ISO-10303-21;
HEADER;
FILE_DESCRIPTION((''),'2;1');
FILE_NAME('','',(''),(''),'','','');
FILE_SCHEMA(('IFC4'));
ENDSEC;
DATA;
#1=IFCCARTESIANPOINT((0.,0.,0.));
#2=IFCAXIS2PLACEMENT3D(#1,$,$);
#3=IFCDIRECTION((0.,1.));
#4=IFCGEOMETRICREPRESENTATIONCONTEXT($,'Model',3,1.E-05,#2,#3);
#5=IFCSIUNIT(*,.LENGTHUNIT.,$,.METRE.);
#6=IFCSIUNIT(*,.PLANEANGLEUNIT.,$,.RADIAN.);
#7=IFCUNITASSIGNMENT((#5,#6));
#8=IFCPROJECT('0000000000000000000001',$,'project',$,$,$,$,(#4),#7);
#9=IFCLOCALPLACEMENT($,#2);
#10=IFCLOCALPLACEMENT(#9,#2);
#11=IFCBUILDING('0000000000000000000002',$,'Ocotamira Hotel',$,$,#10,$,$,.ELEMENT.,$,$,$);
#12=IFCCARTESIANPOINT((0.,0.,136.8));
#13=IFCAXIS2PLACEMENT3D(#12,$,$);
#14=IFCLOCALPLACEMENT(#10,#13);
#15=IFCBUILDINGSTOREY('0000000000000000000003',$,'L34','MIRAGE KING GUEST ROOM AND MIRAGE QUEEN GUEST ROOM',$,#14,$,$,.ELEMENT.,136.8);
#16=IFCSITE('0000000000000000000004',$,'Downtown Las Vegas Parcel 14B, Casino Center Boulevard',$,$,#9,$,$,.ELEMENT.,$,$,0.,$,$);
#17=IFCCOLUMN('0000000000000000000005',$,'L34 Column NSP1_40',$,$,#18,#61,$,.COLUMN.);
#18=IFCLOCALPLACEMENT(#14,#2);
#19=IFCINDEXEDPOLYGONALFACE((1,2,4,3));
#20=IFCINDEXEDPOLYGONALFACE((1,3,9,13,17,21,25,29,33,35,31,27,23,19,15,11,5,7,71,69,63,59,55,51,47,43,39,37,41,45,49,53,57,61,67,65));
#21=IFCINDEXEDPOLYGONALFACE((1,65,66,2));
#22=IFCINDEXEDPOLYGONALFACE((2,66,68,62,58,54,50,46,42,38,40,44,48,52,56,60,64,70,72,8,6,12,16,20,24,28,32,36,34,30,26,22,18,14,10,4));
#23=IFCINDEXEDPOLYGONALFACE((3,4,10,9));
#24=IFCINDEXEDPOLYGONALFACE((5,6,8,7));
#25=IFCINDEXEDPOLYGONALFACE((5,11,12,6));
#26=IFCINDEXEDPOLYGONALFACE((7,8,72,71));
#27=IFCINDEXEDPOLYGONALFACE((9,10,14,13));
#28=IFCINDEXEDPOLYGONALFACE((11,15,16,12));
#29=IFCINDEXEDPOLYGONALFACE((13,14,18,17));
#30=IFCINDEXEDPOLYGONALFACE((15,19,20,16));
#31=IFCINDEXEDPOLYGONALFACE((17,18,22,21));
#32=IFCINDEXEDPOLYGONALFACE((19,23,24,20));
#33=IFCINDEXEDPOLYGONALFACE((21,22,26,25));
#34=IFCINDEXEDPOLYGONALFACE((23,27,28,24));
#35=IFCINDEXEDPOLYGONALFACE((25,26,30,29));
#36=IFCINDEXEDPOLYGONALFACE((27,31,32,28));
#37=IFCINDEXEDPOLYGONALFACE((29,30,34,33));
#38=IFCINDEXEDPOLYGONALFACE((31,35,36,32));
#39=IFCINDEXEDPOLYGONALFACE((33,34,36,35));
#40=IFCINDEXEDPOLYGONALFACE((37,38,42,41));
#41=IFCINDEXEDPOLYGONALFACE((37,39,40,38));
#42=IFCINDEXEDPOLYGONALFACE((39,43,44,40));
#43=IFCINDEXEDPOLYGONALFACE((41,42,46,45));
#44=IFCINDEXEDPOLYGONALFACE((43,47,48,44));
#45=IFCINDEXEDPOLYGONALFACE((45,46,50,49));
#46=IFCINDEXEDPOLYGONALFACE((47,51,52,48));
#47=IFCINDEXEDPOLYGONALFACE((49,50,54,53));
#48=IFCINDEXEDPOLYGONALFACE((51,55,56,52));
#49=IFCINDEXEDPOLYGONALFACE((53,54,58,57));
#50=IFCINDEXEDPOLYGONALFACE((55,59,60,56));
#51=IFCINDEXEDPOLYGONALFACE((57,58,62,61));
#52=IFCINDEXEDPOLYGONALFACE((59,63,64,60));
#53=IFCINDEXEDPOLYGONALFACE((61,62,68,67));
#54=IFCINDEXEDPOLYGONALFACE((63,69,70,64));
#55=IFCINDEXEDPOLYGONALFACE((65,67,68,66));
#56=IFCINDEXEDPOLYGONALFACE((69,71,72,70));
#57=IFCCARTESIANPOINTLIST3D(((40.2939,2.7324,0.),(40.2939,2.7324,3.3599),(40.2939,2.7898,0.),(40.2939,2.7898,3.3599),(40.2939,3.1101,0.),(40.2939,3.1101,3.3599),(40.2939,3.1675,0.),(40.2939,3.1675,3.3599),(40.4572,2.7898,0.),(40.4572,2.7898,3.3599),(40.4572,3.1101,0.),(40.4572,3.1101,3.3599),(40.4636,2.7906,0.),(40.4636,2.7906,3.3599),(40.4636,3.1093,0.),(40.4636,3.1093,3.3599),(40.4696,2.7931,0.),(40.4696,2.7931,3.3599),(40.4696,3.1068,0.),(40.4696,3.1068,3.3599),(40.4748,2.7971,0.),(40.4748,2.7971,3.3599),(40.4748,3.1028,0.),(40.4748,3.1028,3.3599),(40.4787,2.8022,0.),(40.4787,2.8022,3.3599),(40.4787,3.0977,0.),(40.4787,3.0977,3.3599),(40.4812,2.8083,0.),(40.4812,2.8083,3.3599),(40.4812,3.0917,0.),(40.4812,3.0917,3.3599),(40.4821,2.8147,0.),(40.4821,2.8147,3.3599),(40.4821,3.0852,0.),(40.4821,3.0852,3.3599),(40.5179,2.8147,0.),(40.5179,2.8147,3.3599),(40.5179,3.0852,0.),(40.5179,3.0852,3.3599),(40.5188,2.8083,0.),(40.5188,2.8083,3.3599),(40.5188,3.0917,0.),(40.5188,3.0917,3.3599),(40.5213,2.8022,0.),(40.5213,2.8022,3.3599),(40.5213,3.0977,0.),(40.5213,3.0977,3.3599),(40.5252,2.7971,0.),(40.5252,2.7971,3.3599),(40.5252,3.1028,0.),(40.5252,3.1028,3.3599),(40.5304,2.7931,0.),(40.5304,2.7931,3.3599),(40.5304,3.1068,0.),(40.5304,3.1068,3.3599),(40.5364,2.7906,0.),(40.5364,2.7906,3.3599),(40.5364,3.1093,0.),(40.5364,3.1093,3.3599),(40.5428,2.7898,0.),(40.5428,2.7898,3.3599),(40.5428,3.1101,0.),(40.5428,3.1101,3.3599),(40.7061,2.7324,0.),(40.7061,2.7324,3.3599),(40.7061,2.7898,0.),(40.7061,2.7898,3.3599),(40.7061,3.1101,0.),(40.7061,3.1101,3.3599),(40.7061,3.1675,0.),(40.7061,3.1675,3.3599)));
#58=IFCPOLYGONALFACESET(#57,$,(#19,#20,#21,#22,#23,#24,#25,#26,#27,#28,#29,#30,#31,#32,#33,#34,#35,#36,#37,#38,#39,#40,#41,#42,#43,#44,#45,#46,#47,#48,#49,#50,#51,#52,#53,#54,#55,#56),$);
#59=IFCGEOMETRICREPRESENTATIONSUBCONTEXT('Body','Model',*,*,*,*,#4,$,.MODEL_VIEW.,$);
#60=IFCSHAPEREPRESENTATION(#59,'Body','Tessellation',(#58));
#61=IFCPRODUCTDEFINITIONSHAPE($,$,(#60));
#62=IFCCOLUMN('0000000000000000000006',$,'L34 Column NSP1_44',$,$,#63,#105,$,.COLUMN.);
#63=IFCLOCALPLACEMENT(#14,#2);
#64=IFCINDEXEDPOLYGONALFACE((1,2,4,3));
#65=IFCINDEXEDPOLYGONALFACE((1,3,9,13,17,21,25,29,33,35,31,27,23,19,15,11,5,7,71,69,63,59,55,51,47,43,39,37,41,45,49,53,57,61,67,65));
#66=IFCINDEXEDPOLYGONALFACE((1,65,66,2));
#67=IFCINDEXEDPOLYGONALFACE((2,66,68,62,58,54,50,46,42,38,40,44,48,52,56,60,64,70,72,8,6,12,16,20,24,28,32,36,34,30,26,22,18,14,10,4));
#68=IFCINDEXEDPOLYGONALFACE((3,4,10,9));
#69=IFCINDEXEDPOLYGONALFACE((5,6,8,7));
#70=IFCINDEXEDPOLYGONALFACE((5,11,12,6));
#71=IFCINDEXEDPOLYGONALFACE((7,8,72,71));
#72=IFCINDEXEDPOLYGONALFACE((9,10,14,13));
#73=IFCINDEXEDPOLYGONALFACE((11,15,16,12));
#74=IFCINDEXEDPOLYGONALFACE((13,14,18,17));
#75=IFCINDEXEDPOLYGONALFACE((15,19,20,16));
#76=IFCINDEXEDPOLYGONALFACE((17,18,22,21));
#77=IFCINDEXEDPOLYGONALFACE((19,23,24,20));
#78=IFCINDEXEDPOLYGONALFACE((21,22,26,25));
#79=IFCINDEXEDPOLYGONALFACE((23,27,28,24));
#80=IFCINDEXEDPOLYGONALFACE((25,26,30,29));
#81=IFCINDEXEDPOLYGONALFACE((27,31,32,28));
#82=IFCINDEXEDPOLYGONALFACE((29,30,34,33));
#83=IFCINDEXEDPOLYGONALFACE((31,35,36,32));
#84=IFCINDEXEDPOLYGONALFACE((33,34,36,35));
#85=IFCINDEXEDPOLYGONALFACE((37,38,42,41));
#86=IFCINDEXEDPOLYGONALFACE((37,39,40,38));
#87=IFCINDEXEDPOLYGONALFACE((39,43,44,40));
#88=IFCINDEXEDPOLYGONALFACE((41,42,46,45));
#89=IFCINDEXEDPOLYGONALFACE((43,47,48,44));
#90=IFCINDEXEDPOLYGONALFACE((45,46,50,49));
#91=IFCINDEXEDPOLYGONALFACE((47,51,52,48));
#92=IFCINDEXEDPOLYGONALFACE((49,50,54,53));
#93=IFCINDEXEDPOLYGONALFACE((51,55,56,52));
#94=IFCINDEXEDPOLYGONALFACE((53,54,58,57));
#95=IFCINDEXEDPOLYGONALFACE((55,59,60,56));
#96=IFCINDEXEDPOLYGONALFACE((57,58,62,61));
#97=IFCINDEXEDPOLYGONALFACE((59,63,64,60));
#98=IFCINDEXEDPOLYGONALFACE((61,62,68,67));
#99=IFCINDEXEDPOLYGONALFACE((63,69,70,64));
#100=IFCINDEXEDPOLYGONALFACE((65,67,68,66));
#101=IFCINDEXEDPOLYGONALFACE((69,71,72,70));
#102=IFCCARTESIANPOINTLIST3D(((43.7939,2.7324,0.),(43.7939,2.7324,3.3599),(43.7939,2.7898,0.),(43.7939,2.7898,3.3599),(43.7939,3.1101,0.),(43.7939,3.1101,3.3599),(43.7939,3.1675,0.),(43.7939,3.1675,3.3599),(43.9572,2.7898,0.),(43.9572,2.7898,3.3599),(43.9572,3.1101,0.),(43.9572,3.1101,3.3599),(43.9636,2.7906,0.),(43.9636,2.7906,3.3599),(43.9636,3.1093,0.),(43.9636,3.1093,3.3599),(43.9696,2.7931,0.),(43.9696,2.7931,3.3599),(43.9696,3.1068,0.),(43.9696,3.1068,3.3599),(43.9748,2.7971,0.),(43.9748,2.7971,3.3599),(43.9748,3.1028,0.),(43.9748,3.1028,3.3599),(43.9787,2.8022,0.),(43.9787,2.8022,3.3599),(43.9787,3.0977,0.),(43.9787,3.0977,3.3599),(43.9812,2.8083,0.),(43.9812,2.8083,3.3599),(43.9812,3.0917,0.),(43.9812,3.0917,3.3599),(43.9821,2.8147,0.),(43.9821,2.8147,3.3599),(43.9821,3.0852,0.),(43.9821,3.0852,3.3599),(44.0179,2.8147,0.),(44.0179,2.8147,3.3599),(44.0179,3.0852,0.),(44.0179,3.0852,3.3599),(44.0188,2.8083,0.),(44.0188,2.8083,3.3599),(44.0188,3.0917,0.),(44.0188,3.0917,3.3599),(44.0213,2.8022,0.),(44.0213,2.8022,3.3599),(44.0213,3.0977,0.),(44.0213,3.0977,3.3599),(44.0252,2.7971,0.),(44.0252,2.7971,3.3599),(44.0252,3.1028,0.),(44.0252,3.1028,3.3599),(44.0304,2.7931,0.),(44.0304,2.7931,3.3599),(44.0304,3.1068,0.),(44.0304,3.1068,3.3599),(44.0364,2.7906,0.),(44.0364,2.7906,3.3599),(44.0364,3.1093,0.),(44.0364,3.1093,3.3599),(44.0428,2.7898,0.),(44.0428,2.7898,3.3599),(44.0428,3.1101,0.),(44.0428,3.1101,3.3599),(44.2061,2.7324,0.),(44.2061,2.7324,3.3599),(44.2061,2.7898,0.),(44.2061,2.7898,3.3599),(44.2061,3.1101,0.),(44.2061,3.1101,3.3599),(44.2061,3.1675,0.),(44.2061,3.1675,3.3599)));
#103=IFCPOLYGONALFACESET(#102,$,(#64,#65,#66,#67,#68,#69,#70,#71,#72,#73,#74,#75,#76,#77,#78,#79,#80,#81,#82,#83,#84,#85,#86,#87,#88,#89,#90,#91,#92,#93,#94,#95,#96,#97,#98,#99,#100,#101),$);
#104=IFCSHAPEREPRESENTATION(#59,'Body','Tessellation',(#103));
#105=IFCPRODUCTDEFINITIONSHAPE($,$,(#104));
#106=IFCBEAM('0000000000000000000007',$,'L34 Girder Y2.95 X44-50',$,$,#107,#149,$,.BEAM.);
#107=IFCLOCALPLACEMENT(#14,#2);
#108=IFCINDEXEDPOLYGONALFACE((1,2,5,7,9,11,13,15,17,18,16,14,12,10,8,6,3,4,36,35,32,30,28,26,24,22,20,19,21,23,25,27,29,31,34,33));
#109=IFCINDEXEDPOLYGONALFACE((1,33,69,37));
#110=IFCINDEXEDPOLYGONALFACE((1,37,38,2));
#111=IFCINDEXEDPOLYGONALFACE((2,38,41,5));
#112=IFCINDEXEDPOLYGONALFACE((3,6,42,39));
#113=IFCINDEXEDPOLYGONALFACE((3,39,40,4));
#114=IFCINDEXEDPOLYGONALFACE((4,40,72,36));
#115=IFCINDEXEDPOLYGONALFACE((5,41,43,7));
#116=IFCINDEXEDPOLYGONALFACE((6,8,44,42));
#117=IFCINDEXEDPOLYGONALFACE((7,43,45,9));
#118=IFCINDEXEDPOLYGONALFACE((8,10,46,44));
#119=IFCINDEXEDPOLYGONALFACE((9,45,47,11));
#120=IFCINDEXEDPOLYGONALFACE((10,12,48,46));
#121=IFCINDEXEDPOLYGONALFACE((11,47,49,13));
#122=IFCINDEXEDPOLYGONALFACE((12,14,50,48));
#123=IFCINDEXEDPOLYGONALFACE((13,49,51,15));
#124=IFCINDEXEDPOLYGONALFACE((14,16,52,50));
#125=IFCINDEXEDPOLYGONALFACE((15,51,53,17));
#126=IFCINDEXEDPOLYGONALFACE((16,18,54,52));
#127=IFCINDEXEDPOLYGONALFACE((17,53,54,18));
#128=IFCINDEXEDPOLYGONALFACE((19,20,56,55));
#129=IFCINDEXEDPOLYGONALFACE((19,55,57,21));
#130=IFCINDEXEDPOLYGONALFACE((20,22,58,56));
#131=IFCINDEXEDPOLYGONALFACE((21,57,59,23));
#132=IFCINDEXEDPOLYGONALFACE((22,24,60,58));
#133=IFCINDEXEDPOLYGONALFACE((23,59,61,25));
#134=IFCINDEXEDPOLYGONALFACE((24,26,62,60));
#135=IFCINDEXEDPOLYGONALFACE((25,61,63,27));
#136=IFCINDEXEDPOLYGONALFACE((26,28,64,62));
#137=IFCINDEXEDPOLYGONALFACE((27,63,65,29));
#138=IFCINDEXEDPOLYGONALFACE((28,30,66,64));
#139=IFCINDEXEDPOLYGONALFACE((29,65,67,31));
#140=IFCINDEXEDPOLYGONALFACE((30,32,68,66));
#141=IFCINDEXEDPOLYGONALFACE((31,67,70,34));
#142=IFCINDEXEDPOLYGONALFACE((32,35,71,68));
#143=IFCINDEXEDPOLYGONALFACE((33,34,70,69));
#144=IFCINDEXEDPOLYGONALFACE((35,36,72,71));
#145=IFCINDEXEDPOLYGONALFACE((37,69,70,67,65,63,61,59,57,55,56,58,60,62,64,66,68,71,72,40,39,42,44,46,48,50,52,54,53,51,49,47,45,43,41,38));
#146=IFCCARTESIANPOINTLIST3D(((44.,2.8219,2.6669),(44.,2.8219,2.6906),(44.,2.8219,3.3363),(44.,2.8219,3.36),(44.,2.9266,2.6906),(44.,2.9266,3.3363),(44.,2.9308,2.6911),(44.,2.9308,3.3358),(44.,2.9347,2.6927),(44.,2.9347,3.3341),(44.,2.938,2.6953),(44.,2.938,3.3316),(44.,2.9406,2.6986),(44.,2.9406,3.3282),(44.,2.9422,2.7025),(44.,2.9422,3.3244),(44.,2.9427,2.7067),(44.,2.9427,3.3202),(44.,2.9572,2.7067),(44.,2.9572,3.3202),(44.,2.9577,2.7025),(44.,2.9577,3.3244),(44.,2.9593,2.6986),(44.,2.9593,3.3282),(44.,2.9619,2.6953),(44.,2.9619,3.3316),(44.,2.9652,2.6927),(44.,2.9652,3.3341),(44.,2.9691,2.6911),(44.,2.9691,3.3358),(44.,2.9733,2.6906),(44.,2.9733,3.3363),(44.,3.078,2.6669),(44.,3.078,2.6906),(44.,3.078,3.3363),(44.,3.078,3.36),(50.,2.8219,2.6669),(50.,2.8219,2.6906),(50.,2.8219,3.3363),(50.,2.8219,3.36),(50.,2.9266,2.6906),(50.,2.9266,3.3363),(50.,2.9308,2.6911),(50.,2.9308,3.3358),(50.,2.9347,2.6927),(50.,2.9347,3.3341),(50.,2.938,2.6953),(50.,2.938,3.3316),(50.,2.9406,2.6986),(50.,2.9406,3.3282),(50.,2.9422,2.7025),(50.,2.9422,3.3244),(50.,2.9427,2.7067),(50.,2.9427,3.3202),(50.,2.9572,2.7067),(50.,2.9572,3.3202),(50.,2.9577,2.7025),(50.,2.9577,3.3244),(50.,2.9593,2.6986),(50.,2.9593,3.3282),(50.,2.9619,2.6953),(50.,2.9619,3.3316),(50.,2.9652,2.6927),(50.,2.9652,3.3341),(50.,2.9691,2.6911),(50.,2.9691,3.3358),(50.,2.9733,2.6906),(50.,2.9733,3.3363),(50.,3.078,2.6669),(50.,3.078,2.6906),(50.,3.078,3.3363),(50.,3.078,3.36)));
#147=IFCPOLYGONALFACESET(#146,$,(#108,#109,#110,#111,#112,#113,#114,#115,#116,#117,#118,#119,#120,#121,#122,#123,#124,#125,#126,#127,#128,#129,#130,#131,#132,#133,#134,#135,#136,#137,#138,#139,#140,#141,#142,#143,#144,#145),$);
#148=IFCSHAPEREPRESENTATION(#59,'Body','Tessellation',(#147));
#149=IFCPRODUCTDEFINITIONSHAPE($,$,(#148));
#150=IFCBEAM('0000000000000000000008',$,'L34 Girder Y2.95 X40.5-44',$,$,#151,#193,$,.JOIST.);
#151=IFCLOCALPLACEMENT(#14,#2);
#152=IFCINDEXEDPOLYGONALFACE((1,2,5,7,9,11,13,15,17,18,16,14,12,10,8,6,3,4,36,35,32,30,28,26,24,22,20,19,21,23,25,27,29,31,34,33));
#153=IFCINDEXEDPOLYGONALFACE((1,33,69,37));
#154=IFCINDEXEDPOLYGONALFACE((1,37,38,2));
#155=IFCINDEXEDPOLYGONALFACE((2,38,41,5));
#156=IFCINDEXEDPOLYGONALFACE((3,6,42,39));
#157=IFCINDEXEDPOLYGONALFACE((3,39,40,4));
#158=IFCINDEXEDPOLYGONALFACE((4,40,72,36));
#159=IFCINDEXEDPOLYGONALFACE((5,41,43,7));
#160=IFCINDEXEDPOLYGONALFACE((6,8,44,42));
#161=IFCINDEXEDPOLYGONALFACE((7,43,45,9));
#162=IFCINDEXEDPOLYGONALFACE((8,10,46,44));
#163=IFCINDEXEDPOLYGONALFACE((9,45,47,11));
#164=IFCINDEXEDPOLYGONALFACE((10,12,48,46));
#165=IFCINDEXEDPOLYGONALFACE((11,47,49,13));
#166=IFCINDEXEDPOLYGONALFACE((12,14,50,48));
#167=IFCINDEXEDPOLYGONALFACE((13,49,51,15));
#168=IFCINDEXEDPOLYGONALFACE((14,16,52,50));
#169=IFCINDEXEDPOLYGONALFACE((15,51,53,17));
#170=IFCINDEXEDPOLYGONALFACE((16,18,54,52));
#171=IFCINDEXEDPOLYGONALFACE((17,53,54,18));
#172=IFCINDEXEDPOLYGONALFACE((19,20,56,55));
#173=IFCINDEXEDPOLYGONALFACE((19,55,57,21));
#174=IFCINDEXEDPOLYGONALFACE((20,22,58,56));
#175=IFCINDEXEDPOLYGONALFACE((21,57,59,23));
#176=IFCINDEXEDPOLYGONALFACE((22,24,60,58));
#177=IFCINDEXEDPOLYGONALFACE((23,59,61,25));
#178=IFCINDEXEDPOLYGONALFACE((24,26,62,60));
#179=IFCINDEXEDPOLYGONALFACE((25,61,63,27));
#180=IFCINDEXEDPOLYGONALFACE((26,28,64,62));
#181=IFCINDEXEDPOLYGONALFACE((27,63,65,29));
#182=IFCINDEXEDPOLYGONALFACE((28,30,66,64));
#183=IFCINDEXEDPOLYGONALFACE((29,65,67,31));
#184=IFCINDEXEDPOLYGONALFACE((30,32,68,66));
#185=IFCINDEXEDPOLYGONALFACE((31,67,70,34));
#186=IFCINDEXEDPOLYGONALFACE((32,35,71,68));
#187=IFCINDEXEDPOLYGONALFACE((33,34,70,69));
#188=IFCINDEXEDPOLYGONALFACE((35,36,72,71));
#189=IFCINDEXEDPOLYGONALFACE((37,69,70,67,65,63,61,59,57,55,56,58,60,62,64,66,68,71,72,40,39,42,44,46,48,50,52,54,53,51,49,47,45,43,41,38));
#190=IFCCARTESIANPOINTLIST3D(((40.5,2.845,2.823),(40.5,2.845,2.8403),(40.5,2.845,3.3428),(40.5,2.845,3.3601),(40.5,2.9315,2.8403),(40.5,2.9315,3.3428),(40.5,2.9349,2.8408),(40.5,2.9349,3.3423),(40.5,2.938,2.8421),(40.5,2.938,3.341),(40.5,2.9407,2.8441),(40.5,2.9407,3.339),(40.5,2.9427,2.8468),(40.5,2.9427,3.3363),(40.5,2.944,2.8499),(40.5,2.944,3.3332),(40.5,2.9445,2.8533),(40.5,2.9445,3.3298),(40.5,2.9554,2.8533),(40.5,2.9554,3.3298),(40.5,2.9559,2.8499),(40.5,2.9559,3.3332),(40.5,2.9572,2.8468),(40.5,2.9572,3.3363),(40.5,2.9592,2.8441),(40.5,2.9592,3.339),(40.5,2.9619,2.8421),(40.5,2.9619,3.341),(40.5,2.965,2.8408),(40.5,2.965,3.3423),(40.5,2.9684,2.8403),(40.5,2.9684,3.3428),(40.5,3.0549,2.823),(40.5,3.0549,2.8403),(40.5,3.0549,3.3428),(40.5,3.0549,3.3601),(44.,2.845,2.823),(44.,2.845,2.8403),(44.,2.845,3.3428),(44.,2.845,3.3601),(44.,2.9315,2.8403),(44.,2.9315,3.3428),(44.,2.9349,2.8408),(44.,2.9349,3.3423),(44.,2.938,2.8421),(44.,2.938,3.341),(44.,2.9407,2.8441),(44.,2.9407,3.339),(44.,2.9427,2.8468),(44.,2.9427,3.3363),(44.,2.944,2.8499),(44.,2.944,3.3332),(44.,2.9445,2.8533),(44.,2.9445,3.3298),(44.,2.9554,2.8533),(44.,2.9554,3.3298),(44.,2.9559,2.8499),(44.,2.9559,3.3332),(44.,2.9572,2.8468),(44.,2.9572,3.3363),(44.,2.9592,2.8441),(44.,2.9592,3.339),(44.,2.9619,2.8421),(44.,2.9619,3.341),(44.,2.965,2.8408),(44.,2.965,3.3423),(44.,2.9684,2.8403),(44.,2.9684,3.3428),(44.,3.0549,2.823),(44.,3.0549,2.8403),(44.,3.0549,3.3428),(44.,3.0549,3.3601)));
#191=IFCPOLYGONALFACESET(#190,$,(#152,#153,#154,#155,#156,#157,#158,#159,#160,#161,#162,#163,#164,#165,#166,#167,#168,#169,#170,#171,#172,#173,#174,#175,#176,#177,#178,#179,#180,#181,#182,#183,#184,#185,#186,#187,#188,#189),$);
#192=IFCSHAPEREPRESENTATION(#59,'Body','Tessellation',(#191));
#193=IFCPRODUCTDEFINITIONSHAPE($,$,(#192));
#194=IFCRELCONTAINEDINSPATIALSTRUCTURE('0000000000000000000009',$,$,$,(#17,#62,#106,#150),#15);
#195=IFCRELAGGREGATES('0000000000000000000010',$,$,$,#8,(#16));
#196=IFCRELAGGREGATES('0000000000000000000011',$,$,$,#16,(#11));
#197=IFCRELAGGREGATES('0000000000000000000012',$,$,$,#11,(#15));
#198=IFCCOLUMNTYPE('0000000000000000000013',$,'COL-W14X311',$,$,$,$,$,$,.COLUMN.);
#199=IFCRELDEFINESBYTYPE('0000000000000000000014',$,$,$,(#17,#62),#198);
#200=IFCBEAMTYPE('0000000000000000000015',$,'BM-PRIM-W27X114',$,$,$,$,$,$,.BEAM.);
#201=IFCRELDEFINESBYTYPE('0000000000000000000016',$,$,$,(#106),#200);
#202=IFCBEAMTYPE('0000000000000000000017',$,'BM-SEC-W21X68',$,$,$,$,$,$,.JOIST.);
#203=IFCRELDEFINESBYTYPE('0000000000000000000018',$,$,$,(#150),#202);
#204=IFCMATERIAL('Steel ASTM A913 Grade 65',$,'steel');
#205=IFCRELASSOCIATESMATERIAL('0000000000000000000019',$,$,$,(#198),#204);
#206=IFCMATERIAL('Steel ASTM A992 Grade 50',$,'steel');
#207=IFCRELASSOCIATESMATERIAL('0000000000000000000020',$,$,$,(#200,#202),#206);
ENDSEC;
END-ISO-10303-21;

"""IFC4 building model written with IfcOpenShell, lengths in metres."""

from ifc_helpers import new_model, si_unit, direction, frame, origin, origin_2d, place, context, subcontext, project, spatial, i_section, extrude, source, transform, mapped, material, material_profile, profile_set, type_object, element, save


model = new_model("IFC4")

# Units and contexts
model_context = context("Model", 3, precision=1e-05, world=origin(), true_north=direction((0.0, 1.0)))
body_context = subcontext(model_context, "Body", "Model", "MODEL_VIEW")
ifc_project = project(units=[si_unit("LENGTHUNIT", "METRE"), si_unit("PLANEANGLEUNIT", "RADIAN")], contexts=[model_context])

# Site, building, storey
site_placement = place(None, origin())
site = spatial("IfcSite", under=ifc_project, at=site_placement, Name="Downtown Las Vegas Parcel 14B, Casino Center Boulevard", CompositionType="ELEMENT", RefElevation=0.0)
building_placement = place(site_placement, origin())
building = spatial("IfcBuilding", under=site, at=building_placement, Name="Ocotamira Hotel", CompositionType="ELEMENT")
storey_placement = place(building_placement, frame((0.0, 0.0, 136.8)))
storey = spatial("IfcBuildingStorey", under=building, at=storey_placement, Name="L34", Description="MIRAGE KING GUEST ROOM AND MIRAGE QUEEN GUEST ROOM", CompositionType="ELEMENT", Elevation=136.8)

# Columns
ifc_material_1 = material(Name="Steel ASTM A913 Grade 65", Category="steel")
ifc_material_profile_1 = material_profile(ifc_material_1, i_section(OverallWidth=0.4121, OverallDepth=0.4351, WebThickness=0.0359, FlangeThickness=0.0574, FilletRadius=0.0249, at=origin_2d()), Name="W14X311")
ifc_profile_set_1 = profile_set([ifc_material_profile_1], Name="Steel ASTM A913 Grade 65")
column_type = type_object("IfcColumnType", Name="COL-W14X311", PredefinedType="COLUMN", material=ifc_profile_set_1)
shared_shape_1 = source(origin(), body_context, "Body", "SweptSolid", [
    extrude(i_section(OverallWidth=0.4121, OverallDepth=0.4351, WebThickness=0.0359, FlangeThickness=0.0574, FilletRadius=0.0249, at=origin_2d()), origin(), (0.0, 0.0, 1.0), 3.3599),
])
for number, where, z_axis, x_axis, name in (
    (1, (40.5, 2.95, 0.0), (0.0, 0.0, 1.0), (1.0, 0.0, 0.0), "L34 Column NSP1_40"),
    (2, (44.0, 2.95, 0.0), (0.0, 0.0, 1.0), (1.0, 0.0, 0.0), "L34 Column NSP1_44"),
):
    element("IfcColumn", number, at=place(storey_placement, frame(where, z_axis=z_axis, x_axis=x_axis)), inside=storey, type_object=column_type, Name=name, PredefinedType="COLUMN", context=body_context, shape_type="MappedRepresentation", body=[
        mapped(shared_shape_1, transform((0.0, 0.0, 0.0), scale=1.0)),
    ])

# Beams
ifc_material_2 = material(Name="Steel ASTM A992 Grade 50", Category="steel")
ifc_material_profile_2 = material_profile(ifc_material_2, i_section(OverallWidth=0.2561, OverallDepth=0.6931, WebThickness=0.0144, FlangeThickness=0.0237, FilletRadius=0.0161, at=origin_2d()), Name="W27X114")
ifc_profile_set_2 = profile_set([ifc_material_profile_2], Name="Steel ASTM A992 Grade 50")
beam_type_1 = type_object("IfcBeamType", Name="BM-PRIM-W27X114", PredefinedType="BEAM", material=ifc_profile_set_2)
shared_shape_2 = source(origin(), body_context, "Body", "SweptSolid", [
    extrude(i_section(OverallWidth=0.2561, OverallDepth=0.6931, WebThickness=0.0144, FlangeThickness=0.0237, FilletRadius=0.0161, at=origin_2d()), origin(), (0.0, 0.0, 1.0), 6.0),
])
beam_1_placement = place(storey_placement, frame((44.0, 2.95, 3.0134), z_axis=(1.0, 0.0, 0.0), x_axis=(0.0, 1.0, 0.0)))
element("IfcBeam", 3, at=beam_1_placement, inside=storey, type_object=beam_type_1, Name="L34 Girder Y2.95 X44-50", PredefinedType="BEAM", context=body_context, shape_type="MappedRepresentation", body=[
    mapped(shared_shape_2, transform((0.0, 0.0, 0.0), scale=1.0)),
])
ifc_material_profile_3 = material_profile(ifc_material_2, i_section(OverallWidth=0.21, OverallDepth=0.5371, WebThickness=0.011, FlangeThickness=0.0173, FilletRadius=0.0129, at=origin_2d()), Name="W21X68")
ifc_profile_set_3 = profile_set([ifc_material_profile_3], Name="Steel ASTM A992 Grade 50")
beam_type_2 = type_object("IfcBeamType", Name="BM-SEC-W21X68", PredefinedType="JOIST", material=ifc_profile_set_3)
shared_shape_3 = source(origin(), body_context, "Body", "SweptSolid", [
    extrude(i_section(OverallWidth=0.21, OverallDepth=0.5371, WebThickness=0.011, FlangeThickness=0.0173, FilletRadius=0.0129, at=origin_2d()), origin(), (0.0, 0.0, 1.0), 3.5),
])
beam_2_placement = place(storey_placement, frame((40.5, 2.95, 3.0916), z_axis=(1.0, 0.0, 0.0), x_axis=(0.0, 1.0, 0.0)))
element("IfcBeam", 4, at=beam_2_placement, inside=storey, type_object=beam_type_2, Name="L34 Girder Y2.95 X40.5-44", PredefinedType="JOIST", context=body_context, shape_type="MappedRepresentation", body=[
    mapped(shared_shape_3, transform((0.0, 0.0, 0.0), scale=1.0)),
])

save(model, "model.ifc")
